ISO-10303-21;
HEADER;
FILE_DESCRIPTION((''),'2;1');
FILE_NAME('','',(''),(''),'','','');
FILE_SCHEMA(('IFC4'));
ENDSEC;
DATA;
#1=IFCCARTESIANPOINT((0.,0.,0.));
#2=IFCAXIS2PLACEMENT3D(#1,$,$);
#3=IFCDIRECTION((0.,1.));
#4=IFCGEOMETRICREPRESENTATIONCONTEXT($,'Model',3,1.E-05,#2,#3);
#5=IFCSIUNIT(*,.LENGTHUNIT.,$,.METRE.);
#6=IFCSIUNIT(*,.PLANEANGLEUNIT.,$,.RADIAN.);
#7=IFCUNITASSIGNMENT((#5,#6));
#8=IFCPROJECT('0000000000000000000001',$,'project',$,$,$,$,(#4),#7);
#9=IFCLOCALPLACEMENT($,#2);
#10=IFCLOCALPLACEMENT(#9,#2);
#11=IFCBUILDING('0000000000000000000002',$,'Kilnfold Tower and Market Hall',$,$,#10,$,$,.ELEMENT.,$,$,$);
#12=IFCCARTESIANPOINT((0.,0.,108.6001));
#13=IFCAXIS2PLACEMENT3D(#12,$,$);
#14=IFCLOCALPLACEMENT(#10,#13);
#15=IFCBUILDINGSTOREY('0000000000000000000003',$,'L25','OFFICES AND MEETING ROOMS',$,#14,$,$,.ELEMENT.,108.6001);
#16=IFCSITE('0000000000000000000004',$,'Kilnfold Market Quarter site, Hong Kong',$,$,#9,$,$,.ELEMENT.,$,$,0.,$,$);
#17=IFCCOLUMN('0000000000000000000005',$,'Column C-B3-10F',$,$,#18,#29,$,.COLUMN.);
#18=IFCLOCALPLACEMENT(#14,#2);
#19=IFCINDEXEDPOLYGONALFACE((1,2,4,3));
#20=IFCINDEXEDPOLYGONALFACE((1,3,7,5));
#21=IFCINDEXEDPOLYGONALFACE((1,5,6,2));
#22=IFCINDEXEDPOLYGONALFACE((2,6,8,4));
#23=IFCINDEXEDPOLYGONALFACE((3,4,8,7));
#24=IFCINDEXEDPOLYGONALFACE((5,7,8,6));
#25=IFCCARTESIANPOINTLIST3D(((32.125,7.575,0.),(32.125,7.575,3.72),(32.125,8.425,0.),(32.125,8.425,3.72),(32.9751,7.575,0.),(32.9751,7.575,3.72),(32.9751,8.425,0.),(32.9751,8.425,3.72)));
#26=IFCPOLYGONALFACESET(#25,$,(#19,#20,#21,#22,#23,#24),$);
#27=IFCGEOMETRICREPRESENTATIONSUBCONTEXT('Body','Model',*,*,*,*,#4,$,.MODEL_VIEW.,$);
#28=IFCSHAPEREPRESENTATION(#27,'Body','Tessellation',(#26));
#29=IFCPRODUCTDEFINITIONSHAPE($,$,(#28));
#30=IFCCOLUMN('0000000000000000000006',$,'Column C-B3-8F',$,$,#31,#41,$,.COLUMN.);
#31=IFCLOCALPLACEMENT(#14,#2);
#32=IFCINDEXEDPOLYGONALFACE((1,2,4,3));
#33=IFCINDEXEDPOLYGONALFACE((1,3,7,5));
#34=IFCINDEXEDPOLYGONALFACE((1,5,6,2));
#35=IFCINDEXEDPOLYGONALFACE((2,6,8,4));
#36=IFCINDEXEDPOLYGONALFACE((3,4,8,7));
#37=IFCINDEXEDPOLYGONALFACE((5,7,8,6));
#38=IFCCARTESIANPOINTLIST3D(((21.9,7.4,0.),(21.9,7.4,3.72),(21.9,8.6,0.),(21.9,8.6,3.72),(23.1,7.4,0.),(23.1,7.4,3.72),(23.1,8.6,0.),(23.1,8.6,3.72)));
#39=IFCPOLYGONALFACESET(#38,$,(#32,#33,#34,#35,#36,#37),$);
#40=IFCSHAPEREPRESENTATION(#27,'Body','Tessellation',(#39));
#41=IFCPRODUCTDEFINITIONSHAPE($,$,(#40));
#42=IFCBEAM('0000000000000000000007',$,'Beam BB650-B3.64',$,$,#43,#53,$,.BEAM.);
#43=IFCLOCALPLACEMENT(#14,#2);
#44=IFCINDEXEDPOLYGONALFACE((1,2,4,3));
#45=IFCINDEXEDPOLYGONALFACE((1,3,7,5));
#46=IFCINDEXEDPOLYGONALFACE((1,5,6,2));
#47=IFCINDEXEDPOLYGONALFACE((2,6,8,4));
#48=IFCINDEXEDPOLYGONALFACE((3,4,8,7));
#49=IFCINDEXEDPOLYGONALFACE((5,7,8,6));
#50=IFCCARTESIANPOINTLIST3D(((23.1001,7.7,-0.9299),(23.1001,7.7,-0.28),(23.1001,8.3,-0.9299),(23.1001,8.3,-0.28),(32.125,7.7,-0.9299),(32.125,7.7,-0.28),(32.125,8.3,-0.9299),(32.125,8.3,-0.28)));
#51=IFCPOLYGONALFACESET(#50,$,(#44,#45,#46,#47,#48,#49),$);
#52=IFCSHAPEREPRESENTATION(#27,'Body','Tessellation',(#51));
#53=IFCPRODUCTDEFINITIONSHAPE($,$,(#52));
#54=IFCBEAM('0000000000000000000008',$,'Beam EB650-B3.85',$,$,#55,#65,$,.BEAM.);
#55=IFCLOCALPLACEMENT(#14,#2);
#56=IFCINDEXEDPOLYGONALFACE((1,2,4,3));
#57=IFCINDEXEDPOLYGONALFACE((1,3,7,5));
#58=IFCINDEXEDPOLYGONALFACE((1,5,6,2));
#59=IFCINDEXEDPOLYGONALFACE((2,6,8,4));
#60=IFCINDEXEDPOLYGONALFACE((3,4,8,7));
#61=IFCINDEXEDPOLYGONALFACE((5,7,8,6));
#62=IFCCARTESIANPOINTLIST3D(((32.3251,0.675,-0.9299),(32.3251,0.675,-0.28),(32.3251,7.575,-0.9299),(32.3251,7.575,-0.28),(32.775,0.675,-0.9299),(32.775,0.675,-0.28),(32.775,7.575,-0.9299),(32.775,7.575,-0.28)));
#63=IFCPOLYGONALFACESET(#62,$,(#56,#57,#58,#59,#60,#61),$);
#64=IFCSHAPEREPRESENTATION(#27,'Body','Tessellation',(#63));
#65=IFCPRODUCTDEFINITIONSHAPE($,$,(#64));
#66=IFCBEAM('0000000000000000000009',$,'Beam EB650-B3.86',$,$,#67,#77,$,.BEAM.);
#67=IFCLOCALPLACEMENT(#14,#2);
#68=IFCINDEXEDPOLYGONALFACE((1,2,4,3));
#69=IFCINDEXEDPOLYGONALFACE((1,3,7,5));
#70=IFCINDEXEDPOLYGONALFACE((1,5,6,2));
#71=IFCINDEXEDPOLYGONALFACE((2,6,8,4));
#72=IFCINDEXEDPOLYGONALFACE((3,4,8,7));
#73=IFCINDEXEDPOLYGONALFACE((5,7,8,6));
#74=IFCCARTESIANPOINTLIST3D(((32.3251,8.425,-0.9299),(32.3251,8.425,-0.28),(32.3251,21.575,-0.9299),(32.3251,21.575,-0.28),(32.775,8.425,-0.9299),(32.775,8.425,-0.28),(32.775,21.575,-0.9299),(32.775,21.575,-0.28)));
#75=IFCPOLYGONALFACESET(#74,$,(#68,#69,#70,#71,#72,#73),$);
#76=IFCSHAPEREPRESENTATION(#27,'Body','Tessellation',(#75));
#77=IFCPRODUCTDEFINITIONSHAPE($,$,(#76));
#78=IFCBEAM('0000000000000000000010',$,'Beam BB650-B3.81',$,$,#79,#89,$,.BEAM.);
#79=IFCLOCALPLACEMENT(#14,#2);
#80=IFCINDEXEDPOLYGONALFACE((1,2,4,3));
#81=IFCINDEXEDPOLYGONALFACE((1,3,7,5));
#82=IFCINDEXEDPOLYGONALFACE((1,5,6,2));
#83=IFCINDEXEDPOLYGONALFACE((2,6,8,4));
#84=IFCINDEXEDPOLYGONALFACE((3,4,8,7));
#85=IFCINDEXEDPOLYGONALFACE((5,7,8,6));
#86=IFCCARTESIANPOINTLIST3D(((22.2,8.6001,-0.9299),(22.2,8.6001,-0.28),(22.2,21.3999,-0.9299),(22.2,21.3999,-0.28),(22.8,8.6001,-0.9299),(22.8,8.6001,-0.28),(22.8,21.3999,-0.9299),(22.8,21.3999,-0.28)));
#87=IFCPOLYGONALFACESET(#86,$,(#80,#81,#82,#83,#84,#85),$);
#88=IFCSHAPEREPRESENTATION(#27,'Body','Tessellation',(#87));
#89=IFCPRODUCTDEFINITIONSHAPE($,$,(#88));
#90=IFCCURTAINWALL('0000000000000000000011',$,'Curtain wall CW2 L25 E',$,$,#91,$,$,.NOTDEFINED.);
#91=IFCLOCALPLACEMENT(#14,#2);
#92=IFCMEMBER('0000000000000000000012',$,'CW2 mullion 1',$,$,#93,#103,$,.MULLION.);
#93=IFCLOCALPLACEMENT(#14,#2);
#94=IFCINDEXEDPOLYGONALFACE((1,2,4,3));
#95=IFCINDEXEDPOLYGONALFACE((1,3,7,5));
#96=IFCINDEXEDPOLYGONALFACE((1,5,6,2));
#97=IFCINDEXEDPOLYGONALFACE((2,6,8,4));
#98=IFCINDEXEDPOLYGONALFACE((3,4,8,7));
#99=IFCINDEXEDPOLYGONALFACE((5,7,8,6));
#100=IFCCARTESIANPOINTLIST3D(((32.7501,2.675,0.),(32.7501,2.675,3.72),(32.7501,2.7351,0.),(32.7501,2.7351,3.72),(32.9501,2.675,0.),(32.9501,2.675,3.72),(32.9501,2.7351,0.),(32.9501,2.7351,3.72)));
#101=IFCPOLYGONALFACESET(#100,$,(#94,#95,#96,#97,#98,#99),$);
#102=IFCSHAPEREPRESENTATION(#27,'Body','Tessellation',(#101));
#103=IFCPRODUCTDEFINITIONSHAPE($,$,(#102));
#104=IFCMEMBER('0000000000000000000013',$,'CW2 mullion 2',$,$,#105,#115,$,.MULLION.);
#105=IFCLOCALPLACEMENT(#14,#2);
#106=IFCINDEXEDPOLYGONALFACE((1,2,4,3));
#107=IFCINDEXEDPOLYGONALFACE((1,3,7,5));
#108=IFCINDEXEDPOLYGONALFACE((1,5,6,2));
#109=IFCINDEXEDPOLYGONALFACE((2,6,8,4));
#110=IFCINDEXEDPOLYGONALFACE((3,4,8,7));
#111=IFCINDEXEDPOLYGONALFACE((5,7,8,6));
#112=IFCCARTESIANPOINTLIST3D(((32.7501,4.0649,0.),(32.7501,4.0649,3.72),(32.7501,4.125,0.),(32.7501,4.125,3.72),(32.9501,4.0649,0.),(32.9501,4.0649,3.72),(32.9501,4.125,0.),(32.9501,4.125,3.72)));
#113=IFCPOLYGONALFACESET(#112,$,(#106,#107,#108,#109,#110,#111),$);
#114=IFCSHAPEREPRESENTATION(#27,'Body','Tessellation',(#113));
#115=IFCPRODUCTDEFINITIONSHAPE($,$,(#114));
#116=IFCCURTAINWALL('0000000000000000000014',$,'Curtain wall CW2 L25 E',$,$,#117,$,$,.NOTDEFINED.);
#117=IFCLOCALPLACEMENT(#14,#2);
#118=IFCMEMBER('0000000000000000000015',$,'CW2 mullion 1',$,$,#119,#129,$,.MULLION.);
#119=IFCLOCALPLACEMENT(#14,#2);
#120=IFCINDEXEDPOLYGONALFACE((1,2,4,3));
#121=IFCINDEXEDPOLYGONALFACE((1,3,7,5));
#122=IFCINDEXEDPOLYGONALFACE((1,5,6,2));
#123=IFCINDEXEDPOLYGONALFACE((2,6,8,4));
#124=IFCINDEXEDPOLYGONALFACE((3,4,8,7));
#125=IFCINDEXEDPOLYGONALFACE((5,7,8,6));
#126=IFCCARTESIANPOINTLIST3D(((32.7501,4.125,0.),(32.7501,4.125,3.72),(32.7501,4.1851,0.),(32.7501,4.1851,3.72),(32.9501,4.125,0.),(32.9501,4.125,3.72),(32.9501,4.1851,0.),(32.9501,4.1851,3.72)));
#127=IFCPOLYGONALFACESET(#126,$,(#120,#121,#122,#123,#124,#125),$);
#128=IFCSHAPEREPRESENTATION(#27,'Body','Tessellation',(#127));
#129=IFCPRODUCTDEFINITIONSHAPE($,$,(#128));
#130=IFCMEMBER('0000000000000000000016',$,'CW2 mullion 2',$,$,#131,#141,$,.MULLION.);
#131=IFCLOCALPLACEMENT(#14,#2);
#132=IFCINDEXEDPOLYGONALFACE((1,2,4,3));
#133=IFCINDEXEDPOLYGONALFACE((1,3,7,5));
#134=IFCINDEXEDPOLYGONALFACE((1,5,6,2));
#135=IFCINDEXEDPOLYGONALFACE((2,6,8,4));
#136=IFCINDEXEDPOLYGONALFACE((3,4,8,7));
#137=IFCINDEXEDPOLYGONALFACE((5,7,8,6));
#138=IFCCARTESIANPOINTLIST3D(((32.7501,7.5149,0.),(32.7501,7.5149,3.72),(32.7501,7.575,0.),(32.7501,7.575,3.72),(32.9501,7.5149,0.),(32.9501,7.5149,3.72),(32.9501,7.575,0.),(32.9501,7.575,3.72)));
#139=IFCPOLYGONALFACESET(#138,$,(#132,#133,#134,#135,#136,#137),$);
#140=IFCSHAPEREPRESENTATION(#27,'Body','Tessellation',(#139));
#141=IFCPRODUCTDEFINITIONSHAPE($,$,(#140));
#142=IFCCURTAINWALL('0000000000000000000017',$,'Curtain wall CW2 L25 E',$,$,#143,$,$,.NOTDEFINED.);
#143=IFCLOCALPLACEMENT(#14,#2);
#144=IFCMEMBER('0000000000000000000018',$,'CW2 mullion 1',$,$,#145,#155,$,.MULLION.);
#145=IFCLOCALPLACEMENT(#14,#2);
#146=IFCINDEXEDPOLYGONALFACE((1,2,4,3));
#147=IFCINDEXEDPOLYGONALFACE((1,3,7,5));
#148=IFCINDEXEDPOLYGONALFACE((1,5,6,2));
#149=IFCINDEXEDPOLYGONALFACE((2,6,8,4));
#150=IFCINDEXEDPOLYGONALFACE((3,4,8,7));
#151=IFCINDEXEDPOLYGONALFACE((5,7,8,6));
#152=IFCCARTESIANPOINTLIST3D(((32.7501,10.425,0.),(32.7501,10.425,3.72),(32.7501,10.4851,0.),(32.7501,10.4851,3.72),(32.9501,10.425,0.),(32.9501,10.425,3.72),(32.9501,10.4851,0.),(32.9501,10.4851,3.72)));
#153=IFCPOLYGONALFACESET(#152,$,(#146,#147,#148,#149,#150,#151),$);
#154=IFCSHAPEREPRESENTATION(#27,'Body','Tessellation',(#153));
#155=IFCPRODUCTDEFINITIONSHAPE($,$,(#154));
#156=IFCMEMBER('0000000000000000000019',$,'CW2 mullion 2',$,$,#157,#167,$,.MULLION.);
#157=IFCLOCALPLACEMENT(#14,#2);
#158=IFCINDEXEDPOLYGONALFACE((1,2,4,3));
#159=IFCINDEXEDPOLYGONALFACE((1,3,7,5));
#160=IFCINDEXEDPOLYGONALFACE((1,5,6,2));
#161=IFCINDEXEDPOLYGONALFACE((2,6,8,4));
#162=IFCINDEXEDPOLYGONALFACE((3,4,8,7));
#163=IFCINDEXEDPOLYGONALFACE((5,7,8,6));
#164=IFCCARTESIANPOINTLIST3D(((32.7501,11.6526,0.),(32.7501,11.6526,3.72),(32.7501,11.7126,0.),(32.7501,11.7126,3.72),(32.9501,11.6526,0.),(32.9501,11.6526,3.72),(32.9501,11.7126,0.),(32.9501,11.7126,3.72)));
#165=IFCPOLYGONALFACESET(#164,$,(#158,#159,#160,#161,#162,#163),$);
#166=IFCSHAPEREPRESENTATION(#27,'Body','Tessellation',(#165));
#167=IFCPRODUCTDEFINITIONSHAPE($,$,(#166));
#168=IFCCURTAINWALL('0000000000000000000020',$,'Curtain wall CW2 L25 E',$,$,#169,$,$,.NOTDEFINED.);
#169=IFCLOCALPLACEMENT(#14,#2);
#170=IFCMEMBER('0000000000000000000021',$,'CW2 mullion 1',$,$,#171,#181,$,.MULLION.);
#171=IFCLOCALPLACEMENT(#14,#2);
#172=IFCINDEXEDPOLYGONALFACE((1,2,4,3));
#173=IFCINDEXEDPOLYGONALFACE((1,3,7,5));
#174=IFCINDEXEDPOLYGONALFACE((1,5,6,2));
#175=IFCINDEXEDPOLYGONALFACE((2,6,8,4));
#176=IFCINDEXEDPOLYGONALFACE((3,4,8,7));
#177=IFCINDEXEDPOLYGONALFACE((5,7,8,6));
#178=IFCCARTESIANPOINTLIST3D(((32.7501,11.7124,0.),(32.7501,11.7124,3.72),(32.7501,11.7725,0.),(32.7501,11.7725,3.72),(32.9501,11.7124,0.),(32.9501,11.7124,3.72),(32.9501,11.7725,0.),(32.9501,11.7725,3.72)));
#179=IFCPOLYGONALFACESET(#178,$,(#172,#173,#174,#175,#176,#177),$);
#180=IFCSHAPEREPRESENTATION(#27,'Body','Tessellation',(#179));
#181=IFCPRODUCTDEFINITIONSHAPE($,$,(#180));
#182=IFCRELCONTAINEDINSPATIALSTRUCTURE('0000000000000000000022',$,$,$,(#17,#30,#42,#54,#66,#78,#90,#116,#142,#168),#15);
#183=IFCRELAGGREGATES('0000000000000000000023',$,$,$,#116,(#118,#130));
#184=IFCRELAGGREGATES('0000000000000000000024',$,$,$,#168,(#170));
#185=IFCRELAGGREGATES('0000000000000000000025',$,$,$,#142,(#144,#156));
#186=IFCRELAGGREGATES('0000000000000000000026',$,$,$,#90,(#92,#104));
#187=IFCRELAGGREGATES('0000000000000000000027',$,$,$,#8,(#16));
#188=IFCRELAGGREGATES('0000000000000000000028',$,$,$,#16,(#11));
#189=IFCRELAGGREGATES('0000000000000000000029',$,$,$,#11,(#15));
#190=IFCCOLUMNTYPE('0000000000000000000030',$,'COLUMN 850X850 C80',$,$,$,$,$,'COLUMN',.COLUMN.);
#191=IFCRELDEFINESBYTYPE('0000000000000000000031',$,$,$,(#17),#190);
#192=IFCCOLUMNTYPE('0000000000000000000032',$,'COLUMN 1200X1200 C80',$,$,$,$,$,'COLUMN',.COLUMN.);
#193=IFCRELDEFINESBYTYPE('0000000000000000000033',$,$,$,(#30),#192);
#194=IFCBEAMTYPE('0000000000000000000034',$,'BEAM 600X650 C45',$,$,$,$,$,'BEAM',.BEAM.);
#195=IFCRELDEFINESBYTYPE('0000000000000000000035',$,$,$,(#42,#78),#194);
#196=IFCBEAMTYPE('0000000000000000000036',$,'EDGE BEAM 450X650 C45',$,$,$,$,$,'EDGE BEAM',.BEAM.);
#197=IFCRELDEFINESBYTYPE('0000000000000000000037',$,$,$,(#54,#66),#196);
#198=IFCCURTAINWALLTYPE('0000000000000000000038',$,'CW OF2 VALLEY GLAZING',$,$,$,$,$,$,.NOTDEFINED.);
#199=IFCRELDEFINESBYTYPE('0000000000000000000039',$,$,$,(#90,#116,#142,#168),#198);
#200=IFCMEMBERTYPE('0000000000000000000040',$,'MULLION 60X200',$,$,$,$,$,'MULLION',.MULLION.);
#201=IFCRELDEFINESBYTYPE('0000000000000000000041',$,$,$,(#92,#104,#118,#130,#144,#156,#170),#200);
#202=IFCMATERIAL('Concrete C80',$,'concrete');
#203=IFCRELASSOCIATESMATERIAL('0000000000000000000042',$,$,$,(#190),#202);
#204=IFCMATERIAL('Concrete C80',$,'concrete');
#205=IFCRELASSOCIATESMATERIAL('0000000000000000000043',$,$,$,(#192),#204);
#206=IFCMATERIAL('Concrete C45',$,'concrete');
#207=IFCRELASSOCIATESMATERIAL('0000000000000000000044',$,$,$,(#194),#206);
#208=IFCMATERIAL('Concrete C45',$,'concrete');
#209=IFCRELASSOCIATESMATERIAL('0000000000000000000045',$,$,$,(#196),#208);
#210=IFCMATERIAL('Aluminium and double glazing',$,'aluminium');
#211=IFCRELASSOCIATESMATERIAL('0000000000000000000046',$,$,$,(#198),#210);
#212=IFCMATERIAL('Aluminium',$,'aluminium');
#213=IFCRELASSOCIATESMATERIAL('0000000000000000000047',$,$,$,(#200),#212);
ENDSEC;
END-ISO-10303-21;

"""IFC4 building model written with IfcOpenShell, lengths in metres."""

from ifc_helpers import new_model, si_unit, direction, frame, origin, origin_2d, place, context, subcontext, project, spatial, rectangle, extrude, source, transform, mapped, material, material_profile, profile_set, type_object, element, aggregate, save


model = new_model("IFC4")

# Units and contexts
model_context = context("Model", 3, precision=1e-05, world=origin(), true_north=direction((0.0, 1.0)))
body_context = subcontext(model_context, "Body", "Model", "MODEL_VIEW")
ifc_project = project(units=[si_unit("LENGTHUNIT", "METRE"), si_unit("PLANEANGLEUNIT", "RADIAN")], contexts=[model_context])

# Site, building, storey
site_placement = place(None, origin())
site = spatial("IfcSite", under=ifc_project, at=site_placement, Name="Kilnfold Market Quarter site, Hong Kong", CompositionType="ELEMENT", RefElevation=0.0)
building_placement = place(site_placement, origin())
building = spatial("IfcBuilding", under=site, at=building_placement, Name="Kilnfold Tower and Market Hall", CompositionType="ELEMENT")
storey_placement = place(building_placement, frame((0.0, 0.0, 108.6001)))
storey = spatial("IfcBuildingStorey", under=building, at=storey_placement, Name="L25", Description="OFFICES AND MEETING ROOMS", CompositionType="ELEMENT", Elevation=108.6001)

# Columns
ifc_material_1 = material(Name="Concrete C80", Category="concrete")
ifc_material_profile_1 = material_profile(ifc_material_1, rectangle(XDim=0.8501, YDim=0.8501, at=origin_2d()), Name="RC 850x850")
ifc_profile_set_1 = profile_set([ifc_material_profile_1], Name="Concrete C80")
column_type_1 = type_object("IfcColumnType", Name="COLUMN 850X850 C80", ElementType="COLUMN", PredefinedType="COLUMN", material=ifc_profile_set_1)
shared_shape_1 = source(origin(), body_context, "Body", "SweptSolid", [
    extrude(rectangle(XDim=0.8501, YDim=0.8501, at=origin_2d()), origin(), (0.0, 0.0, 1.0), 3.72),
])
column_1_placement = place(storey_placement, frame((32.55, 8.0, 0.0), z_axis=(0.0, 0.0, 1.0), x_axis=(1.0, 0.0, 0.0)))
element("IfcColumn", 1, at=column_1_placement, inside=storey, type_object=column_type_1, Name="Column C-B3-10F", PredefinedType="COLUMN", context=body_context, shape_type="MappedRepresentation", body=[
    mapped(shared_shape_1, transform((0.0, 0.0, 0.0))),
])
ifc_material_2 = material(Name="Concrete C80", Category="concrete")
ifc_material_profile_2 = material_profile(ifc_material_2, rectangle(XDim=1.2, YDim=1.2, at=origin_2d()), Name="RC 1200x1200")
ifc_profile_set_2 = profile_set([ifc_material_profile_2], Name="Concrete C80")
column_type_2 = type_object("IfcColumnType", Name="COLUMN 1200X1200 C80", ElementType="COLUMN", PredefinedType="COLUMN", material=ifc_profile_set_2)
shared_shape_2 = source(origin(), body_context, "Body", "SweptSolid", [
    extrude(rectangle(XDim=1.2, YDim=1.2, at=origin_2d()), origin(), (0.0, 0.0, 1.0), 3.72),
])
column_2_placement = place(storey_placement, frame((22.5, 8.0, 0.0), z_axis=(0.0, 0.0, 1.0), x_axis=(1.0, 0.0, 0.0)))
element("IfcColumn", 2, at=column_2_placement, inside=storey, type_object=column_type_2, Name="Column C-B3-8F", PredefinedType="COLUMN", context=body_context, shape_type="MappedRepresentation", body=[
    mapped(shared_shape_2, transform((0.0, 0.0, 0.0))),
])

# Beams
ifc_material_3 = material(Name="Concrete C45", Category="concrete")
ifc_material_profile_3 = material_profile(ifc_material_3, rectangle(XDim=0.6001, YDim=0.6499, at=origin_2d()), Name="RC 600x650")
ifc_profile_set_3 = profile_set([ifc_material_profile_3], Name="Concrete C45")
beam_type_1 = type_object("IfcBeamType", Name="BEAM 600X650 C45", ElementType="BEAM", PredefinedType="BEAM", material=ifc_profile_set_3)
shared_shape_3 = source(origin(), body_context, "Body", "SweptSolid", [
    extrude(rectangle(XDim=0.6001, YDim=0.6499, at=origin_2d()), origin(), (0.0, 0.0, 1.0), 9.0249),
])
beam_1_placement = place(storey_placement, frame((23.1001, 8.0, -0.605), z_axis=(1.0, 0.0, 0.0), x_axis=(0.0, 1.0, 0.0)))
element("IfcBeam", 3, at=beam_1_placement, inside=storey, type_object=beam_type_1, Name="Beam BB650-B3.64", PredefinedType="BEAM", context=body_context, shape_type="MappedRepresentation", body=[
    mapped(shared_shape_3, transform((0.0, 0.0, 0.0))),
])
ifc_material_4 = material(Name="Concrete C45", Category="concrete")
ifc_material_profile_4 = material_profile(ifc_material_4, rectangle(XDim=0.45, YDim=0.6499, at=origin_2d()), Name="RC 450x650")
ifc_profile_set_4 = profile_set([ifc_material_profile_4], Name="Concrete C45")
beam_type_2 = type_object("IfcBeamType", Name="EDGE BEAM 450X650 C45", ElementType="EDGE BEAM", PredefinedType="BEAM", material=ifc_profile_set_4)
shared_shape_4 = source(origin(), body_context, "Body", "SweptSolid", [
    extrude(rectangle(XDim=0.45, YDim=0.6499, at=origin_2d()), origin(), (0.0, 0.0, 1.0), 6.8999),
])
beam_2_placement = place(storey_placement, frame((32.55, 0.675, -0.605), z_axis=(0.0, 1.0, 0.0), x_axis=(-1.0, 0.0, 0.0)))
element("IfcBeam", 4, at=beam_2_placement, inside=storey, type_object=beam_type_2, Name="Beam EB650-B3.85", PredefinedType="BEAM", context=body_context, shape_type="MappedRepresentation", body=[
    mapped(shared_shape_4, transform((0.0, 0.0, 0.0))),
])
shared_shape_5 = source(origin(), body_context, "Body", "SweptSolid", [
    extrude(rectangle(XDim=0.45, YDim=0.6499, at=origin_2d()), origin(), (0.0, 0.0, 1.0), 13.1499),
])
beam_3_placement = place(storey_placement, frame((32.55, 8.425, -0.605), z_axis=(0.0, 1.0, 0.0), x_axis=(-1.0, 0.0, 0.0)))
element("IfcBeam", 5, at=beam_3_placement, inside=storey, type_object=beam_type_2, Name="Beam EB650-B3.86", PredefinedType="BEAM", context=body_context, shape_type="MappedRepresentation", body=[
    mapped(shared_shape_5, transform((0.0, 0.0, 0.0))),
])
shared_shape_6 = source(origin(), body_context, "Body", "SweptSolid", [
    extrude(rectangle(XDim=0.6001, YDim=0.6499, at=origin_2d()), origin(), (0.0, 0.0, 1.0), 12.7998),
])
beam_4_placement = place(storey_placement, frame((22.5, 8.6001, -0.605), z_axis=(0.0, 1.0, 0.0), x_axis=(-1.0, 0.0, 0.0)))
element("IfcBeam", 6, at=beam_4_placement, inside=storey, type_object=beam_type_1, Name="Beam BB650-B3.81", PredefinedType="BEAM", context=body_context, shape_type="MappedRepresentation", body=[
    mapped(shared_shape_6, transform((0.0, 0.0, 0.0))),
])

# Curtain walls, members
ifc_material_5 = material(Name="Aluminium and double glazing", Category="aluminium")
curtain_wall_type = type_object("IfcCurtainWallType", Name="CW OF2 VALLEY GLAZING", PredefinedType="NOTDEFINED", material=ifc_material_5)
curtain_wall_1_placement = place(storey_placement, origin())
curtain_wall_1 = element("IfcCurtainWall", 7, at=curtain_wall_1_placement, inside=storey, type_object=curtain_wall_type, Name="Curtain wall CW2 L25 E", PredefinedType="NOTDEFINED")
ifc_material_6 = material(Name="Aluminium", Category="aluminium")
ifc_material_profile_5 = material_profile(ifc_material_6, rectangle(XDim=0.0601, YDim=0.2, at=origin_2d()), Name="MULLION 60x200")
ifc_profile_set_5 = profile_set([ifc_material_profile_5], Name="Aluminium")
member_type_1 = type_object("IfcMemberType", Name="MULLION 60X200", ElementType="MULLION", PredefinedType="MULLION", material=ifc_profile_set_5)
shared_shape_7 = source(origin(), body_context, "Body", "SweptSolid", [
    extrude(rectangle(XDim=0.0601, YDim=0.2, at=origin_2d()), origin(), (0.0, 0.0, 1.0), 3.72),
])
member_1_placement = place(storey_placement, frame((32.8501, 2.7051, 0.0), z_axis=(0.0, 0.0, 1.0), x_axis=(0.0, 1.0, 0.0)))
member_1 = element("IfcMember", 8, at=member_1_placement, type_object=member_type_1, Name="CW2 mullion 1", PredefinedType="MULLION", context=body_context, shape_type="MappedRepresentation", body=[
    mapped(shared_shape_7, transform((0.0, 0.0, 0.0))),
])
member_2_placement = place(storey_placement, frame((32.8501, 4.095, 0.0), z_axis=(0.0, 0.0, 1.0), x_axis=(0.0, 1.0, 0.0)))
member_2 = element("IfcMember", 9, at=member_2_placement, type_object=member_type_1, Name="CW2 mullion 2", PredefinedType="MULLION", context=body_context, shape_type="MappedRepresentation", body=[
    mapped(shared_shape_7, transform((0.0, 0.0, 0.0))),
])
curtain_wall_2_placement = place(storey_placement, origin())
curtain_wall_2 = element("IfcCurtainWall", 10, at=curtain_wall_2_placement, inside=storey, type_object=curtain_wall_type, Name="Curtain wall CW2 L25 E", PredefinedType="NOTDEFINED")
member_3_placement = place(storey_placement, frame((32.8501, 4.155, 0.0), z_axis=(0.0, 0.0, 1.0), x_axis=(0.0, 1.0, 0.0)))
member_3 = element("IfcMember", 11, at=member_3_placement, type_object=member_type_1, Name="CW2 mullion 1", PredefinedType="MULLION", context=body_context, shape_type="MappedRepresentation", body=[
    mapped(shared_shape_7, transform((0.0, 0.0, 0.0))),
])
member_4_placement = place(storey_placement, frame((32.8501, 7.5449, 0.0), z_axis=(0.0, 0.0, 1.0), x_axis=(0.0, 1.0, 0.0)))
member_4 = element("IfcMember", 12, at=member_4_placement, type_object=member_type_1, Name="CW2 mullion 2", PredefinedType="MULLION", context=body_context, shape_type="MappedRepresentation", body=[
    mapped(shared_shape_7, transform((0.0, 0.0, 0.0))),
])
curtain_wall_3_placement = place(storey_placement, origin())
curtain_wall_3 = element("IfcCurtainWall", 13, at=curtain_wall_3_placement, inside=storey, type_object=curtain_wall_type, Name="Curtain wall CW2 L25 E", PredefinedType="NOTDEFINED")
member_5_placement = place(storey_placement, frame((32.8501, 10.4551, 0.0), z_axis=(0.0, 0.0, 1.0), x_axis=(0.0, 1.0, 0.0)))
member_5 = element("IfcMember", 14, at=member_5_placement, type_object=member_type_1, Name="CW2 mullion 1", PredefinedType="MULLION", context=body_context, shape_type="MappedRepresentation", body=[
    mapped(shared_shape_7, transform((0.0, 0.0, 0.0))),
])
member_6_placement = place(storey_placement, frame((32.8501, 11.6826, 0.0), z_axis=(0.0, 0.0, 1.0), x_axis=(0.0, 1.0, 0.0)))
member_6 = element("IfcMember", 15, at=member_6_placement, type_object=member_type_1, Name="CW2 mullion 2", PredefinedType="MULLION", context=body_context, shape_type="MappedRepresentation", body=[
    mapped(shared_shape_7, transform((0.0, 0.0, 0.0))),
])

# Curtain wall, member
curtain_wall_4_placement = place(storey_placement, origin())
curtain_wall_4 = element("IfcCurtainWall", 16, at=curtain_wall_4_placement, inside=storey, type_object=curtain_wall_type, Name="Curtain wall CW2 L25 E", PredefinedType="NOTDEFINED")
member_7_placement = place(storey_placement, frame((32.8501, 11.7424, 0.0), z_axis=(0.0, 0.0, 1.0), x_axis=(0.0, 1.0, 0.0)))
member_7 = element("IfcMember", 17, at=member_7_placement, type_object=member_type_1, Name="CW2 mullion 1", PredefinedType="MULLION", context=body_context, shape_type="MappedRepresentation", body=[
    mapped(shared_shape_7, transform((0.0, 0.0, 0.0))),
])

aggregate(curtain_wall_2, [member_3, member_4])
aggregate(curtain_wall_4, [member_7])
aggregate(curtain_wall_3, [member_5, member_6])
aggregate(curtain_wall_1, [member_1, member_2])

save(model, "model.ifc")
